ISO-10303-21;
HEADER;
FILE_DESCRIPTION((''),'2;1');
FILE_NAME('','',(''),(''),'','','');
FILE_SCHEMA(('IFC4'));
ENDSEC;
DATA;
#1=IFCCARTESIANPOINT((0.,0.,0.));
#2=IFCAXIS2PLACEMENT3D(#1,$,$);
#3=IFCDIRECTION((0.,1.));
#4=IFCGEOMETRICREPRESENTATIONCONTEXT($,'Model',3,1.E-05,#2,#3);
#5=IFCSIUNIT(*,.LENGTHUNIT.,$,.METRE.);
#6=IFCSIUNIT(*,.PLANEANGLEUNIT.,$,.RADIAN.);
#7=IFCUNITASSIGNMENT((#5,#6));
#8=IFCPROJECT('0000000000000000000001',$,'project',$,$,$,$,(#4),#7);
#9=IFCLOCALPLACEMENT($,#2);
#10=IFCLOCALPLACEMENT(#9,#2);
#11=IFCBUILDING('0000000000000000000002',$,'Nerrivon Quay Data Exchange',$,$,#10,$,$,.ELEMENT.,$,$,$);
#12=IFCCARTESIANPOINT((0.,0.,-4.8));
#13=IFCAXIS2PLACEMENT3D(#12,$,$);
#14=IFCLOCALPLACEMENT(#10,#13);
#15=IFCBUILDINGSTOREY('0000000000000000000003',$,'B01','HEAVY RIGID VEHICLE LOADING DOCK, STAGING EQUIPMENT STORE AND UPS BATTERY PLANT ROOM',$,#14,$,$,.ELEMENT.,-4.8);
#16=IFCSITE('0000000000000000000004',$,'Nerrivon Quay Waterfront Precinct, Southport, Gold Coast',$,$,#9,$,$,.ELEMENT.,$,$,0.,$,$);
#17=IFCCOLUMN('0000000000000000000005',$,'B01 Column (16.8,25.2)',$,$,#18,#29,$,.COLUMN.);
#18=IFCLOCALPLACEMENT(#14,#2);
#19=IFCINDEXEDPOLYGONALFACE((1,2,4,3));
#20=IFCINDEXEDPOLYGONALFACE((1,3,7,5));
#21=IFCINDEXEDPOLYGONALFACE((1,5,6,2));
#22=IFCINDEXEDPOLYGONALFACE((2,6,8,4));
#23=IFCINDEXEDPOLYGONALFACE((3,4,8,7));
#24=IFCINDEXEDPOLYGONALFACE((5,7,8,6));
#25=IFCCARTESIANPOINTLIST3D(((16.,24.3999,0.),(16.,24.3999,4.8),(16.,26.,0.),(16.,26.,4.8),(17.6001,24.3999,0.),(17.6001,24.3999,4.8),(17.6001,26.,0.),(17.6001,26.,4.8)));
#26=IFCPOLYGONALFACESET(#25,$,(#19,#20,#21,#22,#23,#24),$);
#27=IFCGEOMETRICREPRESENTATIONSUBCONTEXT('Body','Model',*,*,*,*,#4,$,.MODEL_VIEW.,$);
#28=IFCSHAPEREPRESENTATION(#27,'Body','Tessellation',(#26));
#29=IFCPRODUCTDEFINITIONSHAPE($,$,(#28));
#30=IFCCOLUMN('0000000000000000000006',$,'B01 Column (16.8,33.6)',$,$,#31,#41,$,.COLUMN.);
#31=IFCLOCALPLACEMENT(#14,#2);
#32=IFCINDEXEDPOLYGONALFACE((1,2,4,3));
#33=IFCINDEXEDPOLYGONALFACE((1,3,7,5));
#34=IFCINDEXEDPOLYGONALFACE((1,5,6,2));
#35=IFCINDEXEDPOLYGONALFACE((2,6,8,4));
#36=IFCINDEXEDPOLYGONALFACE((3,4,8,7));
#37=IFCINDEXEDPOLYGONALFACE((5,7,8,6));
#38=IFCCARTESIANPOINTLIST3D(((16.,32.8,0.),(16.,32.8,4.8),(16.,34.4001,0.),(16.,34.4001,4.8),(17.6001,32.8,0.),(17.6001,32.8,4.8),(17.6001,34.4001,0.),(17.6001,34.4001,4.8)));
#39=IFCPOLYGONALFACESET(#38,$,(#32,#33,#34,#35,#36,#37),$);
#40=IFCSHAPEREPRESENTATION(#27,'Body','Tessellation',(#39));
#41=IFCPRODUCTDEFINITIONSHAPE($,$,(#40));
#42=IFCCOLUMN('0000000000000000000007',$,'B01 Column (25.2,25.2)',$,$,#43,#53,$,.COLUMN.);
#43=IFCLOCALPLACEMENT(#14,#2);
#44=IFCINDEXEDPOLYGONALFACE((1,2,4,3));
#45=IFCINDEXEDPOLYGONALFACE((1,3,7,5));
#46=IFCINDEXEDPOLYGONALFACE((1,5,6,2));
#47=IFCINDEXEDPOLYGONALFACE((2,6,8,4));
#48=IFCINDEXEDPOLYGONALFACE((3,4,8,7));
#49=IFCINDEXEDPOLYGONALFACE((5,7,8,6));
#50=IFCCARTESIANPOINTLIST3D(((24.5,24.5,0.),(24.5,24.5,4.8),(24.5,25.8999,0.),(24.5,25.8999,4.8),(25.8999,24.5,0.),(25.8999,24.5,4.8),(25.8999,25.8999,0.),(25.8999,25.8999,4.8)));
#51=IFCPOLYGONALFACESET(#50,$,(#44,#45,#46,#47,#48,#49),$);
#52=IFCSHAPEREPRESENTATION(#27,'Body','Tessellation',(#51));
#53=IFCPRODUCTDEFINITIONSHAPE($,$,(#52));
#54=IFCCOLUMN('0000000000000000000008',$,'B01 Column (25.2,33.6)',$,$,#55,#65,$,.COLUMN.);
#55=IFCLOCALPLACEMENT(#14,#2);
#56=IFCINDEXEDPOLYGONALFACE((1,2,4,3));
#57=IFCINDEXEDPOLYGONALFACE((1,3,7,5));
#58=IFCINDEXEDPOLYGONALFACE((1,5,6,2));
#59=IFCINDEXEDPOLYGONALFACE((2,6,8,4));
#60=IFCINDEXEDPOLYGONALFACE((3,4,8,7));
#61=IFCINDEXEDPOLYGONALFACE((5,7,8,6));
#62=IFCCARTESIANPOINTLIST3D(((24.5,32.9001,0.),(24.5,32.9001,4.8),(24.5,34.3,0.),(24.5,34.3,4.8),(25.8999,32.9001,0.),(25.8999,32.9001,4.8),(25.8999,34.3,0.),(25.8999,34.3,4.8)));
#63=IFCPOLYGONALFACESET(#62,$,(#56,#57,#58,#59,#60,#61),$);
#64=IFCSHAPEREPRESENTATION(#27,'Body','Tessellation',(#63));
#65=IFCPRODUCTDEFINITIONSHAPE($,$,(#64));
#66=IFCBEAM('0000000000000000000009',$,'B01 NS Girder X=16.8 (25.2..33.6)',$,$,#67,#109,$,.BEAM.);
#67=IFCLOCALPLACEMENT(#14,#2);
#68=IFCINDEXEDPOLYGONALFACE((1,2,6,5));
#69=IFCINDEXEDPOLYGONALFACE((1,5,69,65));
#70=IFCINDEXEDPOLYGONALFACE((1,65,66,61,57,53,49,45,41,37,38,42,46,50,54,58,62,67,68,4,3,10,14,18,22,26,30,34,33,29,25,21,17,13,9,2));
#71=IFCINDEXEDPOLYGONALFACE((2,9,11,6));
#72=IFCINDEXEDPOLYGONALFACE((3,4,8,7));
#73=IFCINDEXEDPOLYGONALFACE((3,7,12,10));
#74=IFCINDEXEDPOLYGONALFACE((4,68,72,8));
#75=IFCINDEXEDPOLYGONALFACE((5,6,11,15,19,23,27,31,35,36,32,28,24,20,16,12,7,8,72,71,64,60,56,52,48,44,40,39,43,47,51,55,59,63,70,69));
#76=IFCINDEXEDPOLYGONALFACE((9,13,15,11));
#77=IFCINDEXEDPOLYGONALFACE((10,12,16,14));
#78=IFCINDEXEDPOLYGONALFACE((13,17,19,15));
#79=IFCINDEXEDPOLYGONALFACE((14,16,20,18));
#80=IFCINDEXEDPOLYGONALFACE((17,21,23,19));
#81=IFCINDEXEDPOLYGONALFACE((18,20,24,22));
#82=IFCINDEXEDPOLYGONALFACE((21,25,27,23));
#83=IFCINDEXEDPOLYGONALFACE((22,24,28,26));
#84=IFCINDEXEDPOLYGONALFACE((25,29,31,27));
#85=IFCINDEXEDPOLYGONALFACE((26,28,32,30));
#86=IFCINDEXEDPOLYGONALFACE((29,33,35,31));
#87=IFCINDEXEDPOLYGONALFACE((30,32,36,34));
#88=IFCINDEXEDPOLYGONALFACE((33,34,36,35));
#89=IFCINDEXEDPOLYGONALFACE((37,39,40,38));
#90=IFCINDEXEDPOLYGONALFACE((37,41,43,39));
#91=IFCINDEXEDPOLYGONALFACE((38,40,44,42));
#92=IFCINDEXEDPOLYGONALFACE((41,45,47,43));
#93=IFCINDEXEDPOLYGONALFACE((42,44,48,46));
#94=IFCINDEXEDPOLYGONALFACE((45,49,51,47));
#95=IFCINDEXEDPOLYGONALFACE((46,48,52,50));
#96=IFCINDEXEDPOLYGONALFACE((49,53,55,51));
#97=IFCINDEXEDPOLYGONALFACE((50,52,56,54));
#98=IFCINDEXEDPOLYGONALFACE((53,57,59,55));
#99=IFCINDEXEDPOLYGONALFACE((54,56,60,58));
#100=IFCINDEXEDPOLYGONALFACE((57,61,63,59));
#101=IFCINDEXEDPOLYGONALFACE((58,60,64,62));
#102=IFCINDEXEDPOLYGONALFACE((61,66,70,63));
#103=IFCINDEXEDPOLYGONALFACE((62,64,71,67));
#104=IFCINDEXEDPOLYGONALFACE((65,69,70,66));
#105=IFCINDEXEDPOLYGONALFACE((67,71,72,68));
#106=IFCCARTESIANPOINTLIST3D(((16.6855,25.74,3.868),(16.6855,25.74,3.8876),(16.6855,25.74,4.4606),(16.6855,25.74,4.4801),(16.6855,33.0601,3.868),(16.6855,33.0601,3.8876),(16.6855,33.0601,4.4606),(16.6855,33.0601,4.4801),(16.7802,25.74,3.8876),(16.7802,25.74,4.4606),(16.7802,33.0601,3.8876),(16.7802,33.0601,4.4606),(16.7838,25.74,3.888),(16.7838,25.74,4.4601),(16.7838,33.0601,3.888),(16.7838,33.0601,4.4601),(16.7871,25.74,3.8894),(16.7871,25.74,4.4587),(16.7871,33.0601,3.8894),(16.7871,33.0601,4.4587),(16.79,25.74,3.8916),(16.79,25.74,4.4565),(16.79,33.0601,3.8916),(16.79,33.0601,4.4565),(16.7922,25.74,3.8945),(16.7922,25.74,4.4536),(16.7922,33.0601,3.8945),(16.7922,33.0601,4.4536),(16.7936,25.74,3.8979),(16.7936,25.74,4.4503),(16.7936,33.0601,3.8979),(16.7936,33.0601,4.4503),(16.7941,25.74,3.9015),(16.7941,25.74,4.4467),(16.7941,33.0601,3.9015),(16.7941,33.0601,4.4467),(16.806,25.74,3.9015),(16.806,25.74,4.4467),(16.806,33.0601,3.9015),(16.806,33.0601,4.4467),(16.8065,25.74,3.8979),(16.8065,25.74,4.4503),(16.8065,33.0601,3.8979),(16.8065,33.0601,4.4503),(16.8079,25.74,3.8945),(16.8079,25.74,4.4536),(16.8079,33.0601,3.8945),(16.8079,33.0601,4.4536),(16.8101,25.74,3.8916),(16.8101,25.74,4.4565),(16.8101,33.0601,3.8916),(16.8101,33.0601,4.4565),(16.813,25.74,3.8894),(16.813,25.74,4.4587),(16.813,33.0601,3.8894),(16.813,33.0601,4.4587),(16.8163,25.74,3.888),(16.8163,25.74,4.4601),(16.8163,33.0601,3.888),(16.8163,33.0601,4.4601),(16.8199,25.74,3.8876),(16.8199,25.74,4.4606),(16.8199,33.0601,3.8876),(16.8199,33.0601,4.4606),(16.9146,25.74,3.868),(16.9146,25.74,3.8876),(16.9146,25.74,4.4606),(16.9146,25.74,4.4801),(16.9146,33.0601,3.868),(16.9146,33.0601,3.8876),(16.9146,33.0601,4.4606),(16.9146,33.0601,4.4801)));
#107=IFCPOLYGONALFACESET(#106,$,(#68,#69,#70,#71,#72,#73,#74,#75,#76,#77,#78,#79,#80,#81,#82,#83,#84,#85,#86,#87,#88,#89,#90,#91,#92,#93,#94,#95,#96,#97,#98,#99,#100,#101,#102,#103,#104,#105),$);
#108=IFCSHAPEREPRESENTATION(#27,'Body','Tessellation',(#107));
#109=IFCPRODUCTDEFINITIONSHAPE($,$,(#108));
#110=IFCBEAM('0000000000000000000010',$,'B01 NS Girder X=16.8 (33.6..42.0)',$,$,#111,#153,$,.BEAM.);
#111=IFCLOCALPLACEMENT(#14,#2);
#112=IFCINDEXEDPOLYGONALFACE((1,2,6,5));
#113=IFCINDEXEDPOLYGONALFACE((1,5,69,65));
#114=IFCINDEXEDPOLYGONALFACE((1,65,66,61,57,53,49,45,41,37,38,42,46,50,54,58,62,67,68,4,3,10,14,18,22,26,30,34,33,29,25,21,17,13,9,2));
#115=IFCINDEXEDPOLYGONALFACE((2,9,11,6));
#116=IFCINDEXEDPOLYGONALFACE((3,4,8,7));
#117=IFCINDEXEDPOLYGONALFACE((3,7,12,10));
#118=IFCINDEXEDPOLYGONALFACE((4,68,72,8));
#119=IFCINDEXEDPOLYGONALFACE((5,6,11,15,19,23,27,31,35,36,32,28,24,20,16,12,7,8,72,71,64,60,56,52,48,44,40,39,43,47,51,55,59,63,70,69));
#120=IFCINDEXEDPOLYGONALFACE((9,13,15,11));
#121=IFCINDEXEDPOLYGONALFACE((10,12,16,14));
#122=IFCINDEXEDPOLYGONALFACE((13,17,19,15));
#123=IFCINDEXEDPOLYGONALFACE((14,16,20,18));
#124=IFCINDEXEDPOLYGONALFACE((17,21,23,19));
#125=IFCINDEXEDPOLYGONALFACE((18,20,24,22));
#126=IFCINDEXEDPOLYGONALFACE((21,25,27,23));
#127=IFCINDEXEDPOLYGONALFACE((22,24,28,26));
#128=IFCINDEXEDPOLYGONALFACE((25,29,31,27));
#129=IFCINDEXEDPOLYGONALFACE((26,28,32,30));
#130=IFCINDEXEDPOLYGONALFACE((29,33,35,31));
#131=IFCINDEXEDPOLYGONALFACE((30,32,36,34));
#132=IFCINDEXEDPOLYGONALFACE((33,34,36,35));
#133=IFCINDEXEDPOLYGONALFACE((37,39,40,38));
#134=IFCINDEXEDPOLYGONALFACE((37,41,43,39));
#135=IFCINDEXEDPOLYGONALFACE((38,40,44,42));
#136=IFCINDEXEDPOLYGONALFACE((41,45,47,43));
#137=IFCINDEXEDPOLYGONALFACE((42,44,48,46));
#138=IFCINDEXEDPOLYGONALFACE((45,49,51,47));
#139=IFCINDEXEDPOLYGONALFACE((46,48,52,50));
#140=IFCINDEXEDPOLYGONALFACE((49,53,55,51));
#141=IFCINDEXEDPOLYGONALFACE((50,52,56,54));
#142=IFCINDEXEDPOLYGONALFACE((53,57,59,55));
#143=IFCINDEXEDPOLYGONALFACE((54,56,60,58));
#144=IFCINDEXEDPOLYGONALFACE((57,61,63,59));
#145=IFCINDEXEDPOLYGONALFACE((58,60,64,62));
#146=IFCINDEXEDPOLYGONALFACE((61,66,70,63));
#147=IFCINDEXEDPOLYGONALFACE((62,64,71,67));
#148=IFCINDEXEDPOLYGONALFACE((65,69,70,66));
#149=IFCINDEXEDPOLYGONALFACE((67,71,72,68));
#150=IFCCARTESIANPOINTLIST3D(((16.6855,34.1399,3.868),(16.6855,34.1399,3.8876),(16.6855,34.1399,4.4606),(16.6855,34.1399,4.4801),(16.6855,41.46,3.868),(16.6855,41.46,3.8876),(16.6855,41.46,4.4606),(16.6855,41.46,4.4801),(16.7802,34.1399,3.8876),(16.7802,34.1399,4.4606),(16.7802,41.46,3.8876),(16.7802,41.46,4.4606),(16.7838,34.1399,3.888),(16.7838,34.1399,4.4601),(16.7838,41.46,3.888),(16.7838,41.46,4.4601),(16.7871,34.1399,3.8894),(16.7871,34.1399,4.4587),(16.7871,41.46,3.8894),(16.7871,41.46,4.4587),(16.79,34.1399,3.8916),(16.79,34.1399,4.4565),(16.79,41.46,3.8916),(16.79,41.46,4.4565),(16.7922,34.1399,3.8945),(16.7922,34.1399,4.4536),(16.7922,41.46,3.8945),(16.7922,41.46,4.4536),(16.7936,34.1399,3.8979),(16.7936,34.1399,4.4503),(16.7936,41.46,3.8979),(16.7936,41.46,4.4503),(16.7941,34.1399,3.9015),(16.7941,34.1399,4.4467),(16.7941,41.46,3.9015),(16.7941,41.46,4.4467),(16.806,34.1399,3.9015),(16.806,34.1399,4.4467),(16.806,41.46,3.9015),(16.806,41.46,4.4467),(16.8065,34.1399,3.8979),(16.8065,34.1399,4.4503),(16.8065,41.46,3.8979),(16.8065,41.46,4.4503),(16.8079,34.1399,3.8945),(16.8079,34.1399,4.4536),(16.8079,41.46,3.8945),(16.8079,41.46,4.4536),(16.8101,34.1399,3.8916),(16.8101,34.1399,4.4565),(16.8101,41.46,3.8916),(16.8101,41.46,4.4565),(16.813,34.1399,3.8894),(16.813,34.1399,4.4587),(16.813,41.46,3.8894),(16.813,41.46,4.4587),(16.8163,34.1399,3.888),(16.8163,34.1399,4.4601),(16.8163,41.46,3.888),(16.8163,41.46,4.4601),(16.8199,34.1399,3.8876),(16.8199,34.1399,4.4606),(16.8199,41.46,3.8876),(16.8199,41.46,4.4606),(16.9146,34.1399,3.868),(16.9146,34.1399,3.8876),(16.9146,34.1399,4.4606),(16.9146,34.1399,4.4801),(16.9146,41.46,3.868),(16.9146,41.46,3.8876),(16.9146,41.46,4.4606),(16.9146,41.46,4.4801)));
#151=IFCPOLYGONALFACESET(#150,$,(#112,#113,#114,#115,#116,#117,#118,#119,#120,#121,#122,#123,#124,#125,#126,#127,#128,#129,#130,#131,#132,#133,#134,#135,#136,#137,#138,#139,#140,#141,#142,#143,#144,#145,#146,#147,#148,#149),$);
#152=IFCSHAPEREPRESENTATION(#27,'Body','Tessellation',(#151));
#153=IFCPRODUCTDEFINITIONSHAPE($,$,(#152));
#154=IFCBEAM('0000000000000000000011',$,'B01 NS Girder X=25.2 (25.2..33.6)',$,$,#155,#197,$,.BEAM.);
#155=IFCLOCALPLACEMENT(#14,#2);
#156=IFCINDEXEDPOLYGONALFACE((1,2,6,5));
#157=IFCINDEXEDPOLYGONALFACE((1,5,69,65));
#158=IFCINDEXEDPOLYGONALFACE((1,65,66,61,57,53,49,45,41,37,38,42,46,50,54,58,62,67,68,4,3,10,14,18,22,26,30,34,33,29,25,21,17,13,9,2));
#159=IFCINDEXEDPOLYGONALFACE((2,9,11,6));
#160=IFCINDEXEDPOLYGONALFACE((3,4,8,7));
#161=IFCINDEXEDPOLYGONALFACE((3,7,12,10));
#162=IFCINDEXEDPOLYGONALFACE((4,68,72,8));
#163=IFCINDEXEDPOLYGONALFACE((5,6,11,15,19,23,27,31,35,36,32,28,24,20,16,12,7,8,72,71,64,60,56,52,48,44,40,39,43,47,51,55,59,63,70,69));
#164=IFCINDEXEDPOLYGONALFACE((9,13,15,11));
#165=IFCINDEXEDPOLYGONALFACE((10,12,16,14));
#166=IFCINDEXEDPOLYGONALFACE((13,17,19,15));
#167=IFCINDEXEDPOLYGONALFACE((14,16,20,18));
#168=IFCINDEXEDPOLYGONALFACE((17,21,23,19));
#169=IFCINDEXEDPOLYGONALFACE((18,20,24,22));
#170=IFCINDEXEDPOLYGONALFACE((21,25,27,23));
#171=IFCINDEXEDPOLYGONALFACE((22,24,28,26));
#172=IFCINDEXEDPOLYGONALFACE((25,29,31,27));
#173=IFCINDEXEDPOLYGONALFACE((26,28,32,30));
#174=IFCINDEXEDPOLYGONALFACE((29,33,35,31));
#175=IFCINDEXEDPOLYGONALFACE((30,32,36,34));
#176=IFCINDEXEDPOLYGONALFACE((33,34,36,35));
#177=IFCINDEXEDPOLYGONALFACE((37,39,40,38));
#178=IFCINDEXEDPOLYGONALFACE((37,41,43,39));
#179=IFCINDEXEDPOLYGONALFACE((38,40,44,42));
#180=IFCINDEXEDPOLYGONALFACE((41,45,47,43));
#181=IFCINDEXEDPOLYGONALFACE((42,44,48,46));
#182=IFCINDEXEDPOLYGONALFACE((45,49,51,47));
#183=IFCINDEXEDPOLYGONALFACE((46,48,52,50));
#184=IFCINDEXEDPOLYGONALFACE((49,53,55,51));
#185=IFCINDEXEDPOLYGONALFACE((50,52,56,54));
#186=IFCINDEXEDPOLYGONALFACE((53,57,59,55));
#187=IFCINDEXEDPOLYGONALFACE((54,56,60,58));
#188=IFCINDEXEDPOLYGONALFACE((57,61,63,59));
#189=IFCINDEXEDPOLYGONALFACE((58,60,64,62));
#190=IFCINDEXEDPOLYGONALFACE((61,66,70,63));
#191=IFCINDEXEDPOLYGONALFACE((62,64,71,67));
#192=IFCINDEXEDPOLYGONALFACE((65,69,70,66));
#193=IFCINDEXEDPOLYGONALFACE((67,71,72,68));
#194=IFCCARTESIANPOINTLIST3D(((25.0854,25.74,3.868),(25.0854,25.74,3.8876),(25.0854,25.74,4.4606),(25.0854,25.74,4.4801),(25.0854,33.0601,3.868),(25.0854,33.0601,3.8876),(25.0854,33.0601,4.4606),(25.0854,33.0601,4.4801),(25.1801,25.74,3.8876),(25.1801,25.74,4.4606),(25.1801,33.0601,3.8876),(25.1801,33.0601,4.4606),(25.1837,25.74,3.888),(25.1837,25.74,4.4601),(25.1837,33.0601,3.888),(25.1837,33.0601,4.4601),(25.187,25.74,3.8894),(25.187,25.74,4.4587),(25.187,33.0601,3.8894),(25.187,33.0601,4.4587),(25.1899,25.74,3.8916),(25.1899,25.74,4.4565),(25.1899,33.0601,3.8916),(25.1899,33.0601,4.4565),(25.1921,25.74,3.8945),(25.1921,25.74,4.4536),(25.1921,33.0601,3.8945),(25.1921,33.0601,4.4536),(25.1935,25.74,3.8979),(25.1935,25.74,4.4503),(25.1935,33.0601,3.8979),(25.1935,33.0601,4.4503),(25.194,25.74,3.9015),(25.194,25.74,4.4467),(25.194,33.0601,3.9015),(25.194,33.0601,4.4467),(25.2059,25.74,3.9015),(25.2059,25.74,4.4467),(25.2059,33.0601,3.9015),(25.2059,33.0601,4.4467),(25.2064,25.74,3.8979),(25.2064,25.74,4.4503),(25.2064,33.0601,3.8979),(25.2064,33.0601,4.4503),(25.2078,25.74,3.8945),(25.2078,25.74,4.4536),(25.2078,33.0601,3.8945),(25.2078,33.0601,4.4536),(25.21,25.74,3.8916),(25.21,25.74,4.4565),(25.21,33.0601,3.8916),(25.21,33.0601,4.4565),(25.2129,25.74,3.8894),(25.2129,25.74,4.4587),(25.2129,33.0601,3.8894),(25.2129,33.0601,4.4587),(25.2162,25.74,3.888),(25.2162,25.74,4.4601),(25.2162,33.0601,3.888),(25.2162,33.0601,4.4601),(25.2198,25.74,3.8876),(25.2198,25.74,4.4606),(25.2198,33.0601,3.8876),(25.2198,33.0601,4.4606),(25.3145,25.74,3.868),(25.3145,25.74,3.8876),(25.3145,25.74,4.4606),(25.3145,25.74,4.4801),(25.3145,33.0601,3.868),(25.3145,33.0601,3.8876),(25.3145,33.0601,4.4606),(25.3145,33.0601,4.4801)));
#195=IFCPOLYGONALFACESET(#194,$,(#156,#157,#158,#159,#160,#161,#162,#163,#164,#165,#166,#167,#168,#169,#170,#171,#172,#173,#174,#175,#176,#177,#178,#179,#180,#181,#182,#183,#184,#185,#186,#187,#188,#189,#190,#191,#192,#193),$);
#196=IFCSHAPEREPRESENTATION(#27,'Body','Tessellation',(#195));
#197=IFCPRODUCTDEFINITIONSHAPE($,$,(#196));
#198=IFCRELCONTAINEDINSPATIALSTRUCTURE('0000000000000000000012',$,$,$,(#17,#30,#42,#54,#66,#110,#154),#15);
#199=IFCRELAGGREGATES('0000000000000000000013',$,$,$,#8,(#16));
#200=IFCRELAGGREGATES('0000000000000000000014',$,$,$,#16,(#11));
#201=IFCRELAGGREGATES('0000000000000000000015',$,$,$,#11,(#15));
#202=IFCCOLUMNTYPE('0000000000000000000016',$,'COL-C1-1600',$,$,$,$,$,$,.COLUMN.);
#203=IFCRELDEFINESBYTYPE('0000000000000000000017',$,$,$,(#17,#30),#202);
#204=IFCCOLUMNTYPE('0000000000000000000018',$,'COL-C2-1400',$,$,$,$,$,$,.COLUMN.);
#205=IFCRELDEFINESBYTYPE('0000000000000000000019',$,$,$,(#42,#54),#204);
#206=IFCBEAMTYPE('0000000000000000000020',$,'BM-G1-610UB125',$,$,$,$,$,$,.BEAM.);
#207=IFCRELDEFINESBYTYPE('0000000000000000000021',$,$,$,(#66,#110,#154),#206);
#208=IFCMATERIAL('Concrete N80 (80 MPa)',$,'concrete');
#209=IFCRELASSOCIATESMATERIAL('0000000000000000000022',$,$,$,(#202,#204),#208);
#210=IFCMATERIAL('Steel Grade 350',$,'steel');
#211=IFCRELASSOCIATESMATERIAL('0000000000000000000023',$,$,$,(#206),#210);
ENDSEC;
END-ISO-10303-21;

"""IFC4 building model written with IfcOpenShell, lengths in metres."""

from ifc_helpers import new_model, si_unit, direction, frame, origin, origin_2d, place, context, subcontext, project, spatial, rectangle, i_section, extrude, material, material_profile, profile_set, type_object, element, save


model = new_model("IFC4")

# Units and contexts
model_context = context("Model", 3, precision=1e-05, world=origin(), true_north=direction((0.0, 1.0)))
body_context = subcontext(model_context, "Body", "Model", "MODEL_VIEW")
ifc_project = project(units=[si_unit("LENGTHUNIT", "METRE"), si_unit("PLANEANGLEUNIT", "RADIAN")], contexts=[model_context])

# Site, building, storey
site_placement = place(None, origin())
site = spatial("IfcSite", under=ifc_project, at=site_placement, Name="Nerrivon Quay Waterfront Precinct, Southport, Gold Coast", CompositionType="ELEMENT", RefElevation=0.0)
building_placement = place(site_placement, origin())
building = spatial("IfcBuilding", under=site, at=building_placement, Name="Nerrivon Quay Data Exchange", CompositionType="ELEMENT")
storey_placement = place(building_placement, frame((0.0, 0.0, -4.8)))
storey = spatial("IfcBuildingStorey", under=building, at=storey_placement, Name="B01", Description="HEAVY RIGID VEHICLE LOADING DOCK, STAGING EQUIPMENT STORE AND UPS BATTERY PLANT ROOM", CompositionType="ELEMENT", Elevation=-4.8)

# Columns
ifc_material_1 = material(Name="Concrete N80 (80 MPa)", Category="concrete")
ifc_material_profile_1 = material_profile(ifc_material_1, rectangle(XDim=1.6001, YDim=1.6001, at=origin_2d()), Name="RC-COL-1600x1600")
ifc_profile_set_1 = profile_set([ifc_material_profile_1], Name="Concrete N80 (80 MPa)")
column_type_1 = type_object("IfcColumnType", Name="COL-C1-1600", PredefinedType="COLUMN", material=ifc_profile_set_1)
for number, where, z_axis, x_axis, name in (
    (1, (16.8, 25.2, 0.0), (0.0, 0.0, 1.0), (1.0, 0.0, 0.0), "B01 Column (16.8,25.2)"),
    (2, (16.8, 33.6001, 0.0), (0.0, 0.0, 1.0), (1.0, 0.0, 0.0), "B01 Column (16.8,33.6)"),
):
    element("IfcColumn", number, at=place(storey_placement, frame(where, z_axis=z_axis, x_axis=x_axis)), inside=storey, type_object=column_type_1, Name=name, PredefinedType="COLUMN", context=body_context, shape_type="SweptSolid", body=[
        extrude(rectangle(XDim=1.6001, YDim=1.6001, at=origin_2d()), origin(), (0.0, 0.0, 1.0), 4.8),
    ])
ifc_material_profile_2 = material_profile(ifc_material_1, rectangle(XDim=1.3999, YDim=1.3999, at=origin_2d()), Name="RC-COL-1400x1400")
ifc_profile_set_2 = profile_set([ifc_material_profile_2], Name="Concrete N80 (80 MPa)")
column_type_2 = type_object("IfcColumnType", Name="COL-C2-1400", PredefinedType="COLUMN", material=ifc_profile_set_2)
for number, where, z_axis, x_axis, name in (
    (3, (25.2, 25.2, 0.0), (0.0, 0.0, 1.0), (1.0, 0.0, 0.0), "B01 Column (25.2,25.2)"),
    (4, (25.2, 33.6001, 0.0), (0.0, 0.0, 1.0), (1.0, 0.0, 0.0), "B01 Column (25.2,33.6)"),
):
    element("IfcColumn", number, at=place(storey_placement, frame(where, z_axis=z_axis, x_axis=x_axis)), inside=storey, type_object=column_type_2, Name=name, PredefinedType="COLUMN", context=body_context, shape_type="SweptSolid", body=[
        extrude(rectangle(XDim=1.3999, YDim=1.3999, at=origin_2d()), origin(), (0.0, 0.0, 1.0), 4.8),
    ])

# Beams
ifc_material_2 = material(Name="Steel Grade 350", Category="steel")
ifc_material_profile_3 = material_profile(ifc_material_2, i_section(OverallWidth=0.229, OverallDepth=0.6121, WebThickness=0.012, FlangeThickness=0.0195, FilletRadius=0.0139, at=origin_2d()), Name="610UB125")
ifc_profile_set_3 = profile_set([ifc_material_profile_3], Name="Steel Grade 350")
beam_type_1 = type_object("IfcBeamType", Name="BM-G1-610UB125", PredefinedType="BEAM", material=ifc_profile_set_3)
for number, where, z_axis, x_axis, name in (
    (5, (16.8, 25.74, 4.1741), (0.0, 1.0, 0.0), (-1.0, 0.0, 0.0), "B01 NS Girder X=16.8 (25.2..33.6)"),
    (6, (16.8, 34.1399, 4.1741), (0.0, 1.0, 0.0), (-1.0, 0.0, 0.0), "B01 NS Girder X=16.8 (33.6..42.0)"),
    (7, (25.2, 25.74, 4.1741), (0.0, 1.0, 0.0), (-1.0, 0.0, 0.0), "B01 NS Girder X=25.2 (25.2..33.6)"),
):
    element("IfcBeam", number, at=place(storey_placement, frame(where, z_axis=z_axis, x_axis=x_axis)), inside=storey, type_object=beam_type_1, Name=name, PredefinedType="BEAM", context=body_context, shape_type="SweptSolid", body=[
        extrude(i_section(OverallWidth=0.229, OverallDepth=0.6121, WebThickness=0.012, FlangeThickness=0.0195, FilletRadius=0.0139, at=origin_2d()), origin(), (0.0, 0.0, 1.0), 7.3201),
    ])

save(model, "model.ifc")
